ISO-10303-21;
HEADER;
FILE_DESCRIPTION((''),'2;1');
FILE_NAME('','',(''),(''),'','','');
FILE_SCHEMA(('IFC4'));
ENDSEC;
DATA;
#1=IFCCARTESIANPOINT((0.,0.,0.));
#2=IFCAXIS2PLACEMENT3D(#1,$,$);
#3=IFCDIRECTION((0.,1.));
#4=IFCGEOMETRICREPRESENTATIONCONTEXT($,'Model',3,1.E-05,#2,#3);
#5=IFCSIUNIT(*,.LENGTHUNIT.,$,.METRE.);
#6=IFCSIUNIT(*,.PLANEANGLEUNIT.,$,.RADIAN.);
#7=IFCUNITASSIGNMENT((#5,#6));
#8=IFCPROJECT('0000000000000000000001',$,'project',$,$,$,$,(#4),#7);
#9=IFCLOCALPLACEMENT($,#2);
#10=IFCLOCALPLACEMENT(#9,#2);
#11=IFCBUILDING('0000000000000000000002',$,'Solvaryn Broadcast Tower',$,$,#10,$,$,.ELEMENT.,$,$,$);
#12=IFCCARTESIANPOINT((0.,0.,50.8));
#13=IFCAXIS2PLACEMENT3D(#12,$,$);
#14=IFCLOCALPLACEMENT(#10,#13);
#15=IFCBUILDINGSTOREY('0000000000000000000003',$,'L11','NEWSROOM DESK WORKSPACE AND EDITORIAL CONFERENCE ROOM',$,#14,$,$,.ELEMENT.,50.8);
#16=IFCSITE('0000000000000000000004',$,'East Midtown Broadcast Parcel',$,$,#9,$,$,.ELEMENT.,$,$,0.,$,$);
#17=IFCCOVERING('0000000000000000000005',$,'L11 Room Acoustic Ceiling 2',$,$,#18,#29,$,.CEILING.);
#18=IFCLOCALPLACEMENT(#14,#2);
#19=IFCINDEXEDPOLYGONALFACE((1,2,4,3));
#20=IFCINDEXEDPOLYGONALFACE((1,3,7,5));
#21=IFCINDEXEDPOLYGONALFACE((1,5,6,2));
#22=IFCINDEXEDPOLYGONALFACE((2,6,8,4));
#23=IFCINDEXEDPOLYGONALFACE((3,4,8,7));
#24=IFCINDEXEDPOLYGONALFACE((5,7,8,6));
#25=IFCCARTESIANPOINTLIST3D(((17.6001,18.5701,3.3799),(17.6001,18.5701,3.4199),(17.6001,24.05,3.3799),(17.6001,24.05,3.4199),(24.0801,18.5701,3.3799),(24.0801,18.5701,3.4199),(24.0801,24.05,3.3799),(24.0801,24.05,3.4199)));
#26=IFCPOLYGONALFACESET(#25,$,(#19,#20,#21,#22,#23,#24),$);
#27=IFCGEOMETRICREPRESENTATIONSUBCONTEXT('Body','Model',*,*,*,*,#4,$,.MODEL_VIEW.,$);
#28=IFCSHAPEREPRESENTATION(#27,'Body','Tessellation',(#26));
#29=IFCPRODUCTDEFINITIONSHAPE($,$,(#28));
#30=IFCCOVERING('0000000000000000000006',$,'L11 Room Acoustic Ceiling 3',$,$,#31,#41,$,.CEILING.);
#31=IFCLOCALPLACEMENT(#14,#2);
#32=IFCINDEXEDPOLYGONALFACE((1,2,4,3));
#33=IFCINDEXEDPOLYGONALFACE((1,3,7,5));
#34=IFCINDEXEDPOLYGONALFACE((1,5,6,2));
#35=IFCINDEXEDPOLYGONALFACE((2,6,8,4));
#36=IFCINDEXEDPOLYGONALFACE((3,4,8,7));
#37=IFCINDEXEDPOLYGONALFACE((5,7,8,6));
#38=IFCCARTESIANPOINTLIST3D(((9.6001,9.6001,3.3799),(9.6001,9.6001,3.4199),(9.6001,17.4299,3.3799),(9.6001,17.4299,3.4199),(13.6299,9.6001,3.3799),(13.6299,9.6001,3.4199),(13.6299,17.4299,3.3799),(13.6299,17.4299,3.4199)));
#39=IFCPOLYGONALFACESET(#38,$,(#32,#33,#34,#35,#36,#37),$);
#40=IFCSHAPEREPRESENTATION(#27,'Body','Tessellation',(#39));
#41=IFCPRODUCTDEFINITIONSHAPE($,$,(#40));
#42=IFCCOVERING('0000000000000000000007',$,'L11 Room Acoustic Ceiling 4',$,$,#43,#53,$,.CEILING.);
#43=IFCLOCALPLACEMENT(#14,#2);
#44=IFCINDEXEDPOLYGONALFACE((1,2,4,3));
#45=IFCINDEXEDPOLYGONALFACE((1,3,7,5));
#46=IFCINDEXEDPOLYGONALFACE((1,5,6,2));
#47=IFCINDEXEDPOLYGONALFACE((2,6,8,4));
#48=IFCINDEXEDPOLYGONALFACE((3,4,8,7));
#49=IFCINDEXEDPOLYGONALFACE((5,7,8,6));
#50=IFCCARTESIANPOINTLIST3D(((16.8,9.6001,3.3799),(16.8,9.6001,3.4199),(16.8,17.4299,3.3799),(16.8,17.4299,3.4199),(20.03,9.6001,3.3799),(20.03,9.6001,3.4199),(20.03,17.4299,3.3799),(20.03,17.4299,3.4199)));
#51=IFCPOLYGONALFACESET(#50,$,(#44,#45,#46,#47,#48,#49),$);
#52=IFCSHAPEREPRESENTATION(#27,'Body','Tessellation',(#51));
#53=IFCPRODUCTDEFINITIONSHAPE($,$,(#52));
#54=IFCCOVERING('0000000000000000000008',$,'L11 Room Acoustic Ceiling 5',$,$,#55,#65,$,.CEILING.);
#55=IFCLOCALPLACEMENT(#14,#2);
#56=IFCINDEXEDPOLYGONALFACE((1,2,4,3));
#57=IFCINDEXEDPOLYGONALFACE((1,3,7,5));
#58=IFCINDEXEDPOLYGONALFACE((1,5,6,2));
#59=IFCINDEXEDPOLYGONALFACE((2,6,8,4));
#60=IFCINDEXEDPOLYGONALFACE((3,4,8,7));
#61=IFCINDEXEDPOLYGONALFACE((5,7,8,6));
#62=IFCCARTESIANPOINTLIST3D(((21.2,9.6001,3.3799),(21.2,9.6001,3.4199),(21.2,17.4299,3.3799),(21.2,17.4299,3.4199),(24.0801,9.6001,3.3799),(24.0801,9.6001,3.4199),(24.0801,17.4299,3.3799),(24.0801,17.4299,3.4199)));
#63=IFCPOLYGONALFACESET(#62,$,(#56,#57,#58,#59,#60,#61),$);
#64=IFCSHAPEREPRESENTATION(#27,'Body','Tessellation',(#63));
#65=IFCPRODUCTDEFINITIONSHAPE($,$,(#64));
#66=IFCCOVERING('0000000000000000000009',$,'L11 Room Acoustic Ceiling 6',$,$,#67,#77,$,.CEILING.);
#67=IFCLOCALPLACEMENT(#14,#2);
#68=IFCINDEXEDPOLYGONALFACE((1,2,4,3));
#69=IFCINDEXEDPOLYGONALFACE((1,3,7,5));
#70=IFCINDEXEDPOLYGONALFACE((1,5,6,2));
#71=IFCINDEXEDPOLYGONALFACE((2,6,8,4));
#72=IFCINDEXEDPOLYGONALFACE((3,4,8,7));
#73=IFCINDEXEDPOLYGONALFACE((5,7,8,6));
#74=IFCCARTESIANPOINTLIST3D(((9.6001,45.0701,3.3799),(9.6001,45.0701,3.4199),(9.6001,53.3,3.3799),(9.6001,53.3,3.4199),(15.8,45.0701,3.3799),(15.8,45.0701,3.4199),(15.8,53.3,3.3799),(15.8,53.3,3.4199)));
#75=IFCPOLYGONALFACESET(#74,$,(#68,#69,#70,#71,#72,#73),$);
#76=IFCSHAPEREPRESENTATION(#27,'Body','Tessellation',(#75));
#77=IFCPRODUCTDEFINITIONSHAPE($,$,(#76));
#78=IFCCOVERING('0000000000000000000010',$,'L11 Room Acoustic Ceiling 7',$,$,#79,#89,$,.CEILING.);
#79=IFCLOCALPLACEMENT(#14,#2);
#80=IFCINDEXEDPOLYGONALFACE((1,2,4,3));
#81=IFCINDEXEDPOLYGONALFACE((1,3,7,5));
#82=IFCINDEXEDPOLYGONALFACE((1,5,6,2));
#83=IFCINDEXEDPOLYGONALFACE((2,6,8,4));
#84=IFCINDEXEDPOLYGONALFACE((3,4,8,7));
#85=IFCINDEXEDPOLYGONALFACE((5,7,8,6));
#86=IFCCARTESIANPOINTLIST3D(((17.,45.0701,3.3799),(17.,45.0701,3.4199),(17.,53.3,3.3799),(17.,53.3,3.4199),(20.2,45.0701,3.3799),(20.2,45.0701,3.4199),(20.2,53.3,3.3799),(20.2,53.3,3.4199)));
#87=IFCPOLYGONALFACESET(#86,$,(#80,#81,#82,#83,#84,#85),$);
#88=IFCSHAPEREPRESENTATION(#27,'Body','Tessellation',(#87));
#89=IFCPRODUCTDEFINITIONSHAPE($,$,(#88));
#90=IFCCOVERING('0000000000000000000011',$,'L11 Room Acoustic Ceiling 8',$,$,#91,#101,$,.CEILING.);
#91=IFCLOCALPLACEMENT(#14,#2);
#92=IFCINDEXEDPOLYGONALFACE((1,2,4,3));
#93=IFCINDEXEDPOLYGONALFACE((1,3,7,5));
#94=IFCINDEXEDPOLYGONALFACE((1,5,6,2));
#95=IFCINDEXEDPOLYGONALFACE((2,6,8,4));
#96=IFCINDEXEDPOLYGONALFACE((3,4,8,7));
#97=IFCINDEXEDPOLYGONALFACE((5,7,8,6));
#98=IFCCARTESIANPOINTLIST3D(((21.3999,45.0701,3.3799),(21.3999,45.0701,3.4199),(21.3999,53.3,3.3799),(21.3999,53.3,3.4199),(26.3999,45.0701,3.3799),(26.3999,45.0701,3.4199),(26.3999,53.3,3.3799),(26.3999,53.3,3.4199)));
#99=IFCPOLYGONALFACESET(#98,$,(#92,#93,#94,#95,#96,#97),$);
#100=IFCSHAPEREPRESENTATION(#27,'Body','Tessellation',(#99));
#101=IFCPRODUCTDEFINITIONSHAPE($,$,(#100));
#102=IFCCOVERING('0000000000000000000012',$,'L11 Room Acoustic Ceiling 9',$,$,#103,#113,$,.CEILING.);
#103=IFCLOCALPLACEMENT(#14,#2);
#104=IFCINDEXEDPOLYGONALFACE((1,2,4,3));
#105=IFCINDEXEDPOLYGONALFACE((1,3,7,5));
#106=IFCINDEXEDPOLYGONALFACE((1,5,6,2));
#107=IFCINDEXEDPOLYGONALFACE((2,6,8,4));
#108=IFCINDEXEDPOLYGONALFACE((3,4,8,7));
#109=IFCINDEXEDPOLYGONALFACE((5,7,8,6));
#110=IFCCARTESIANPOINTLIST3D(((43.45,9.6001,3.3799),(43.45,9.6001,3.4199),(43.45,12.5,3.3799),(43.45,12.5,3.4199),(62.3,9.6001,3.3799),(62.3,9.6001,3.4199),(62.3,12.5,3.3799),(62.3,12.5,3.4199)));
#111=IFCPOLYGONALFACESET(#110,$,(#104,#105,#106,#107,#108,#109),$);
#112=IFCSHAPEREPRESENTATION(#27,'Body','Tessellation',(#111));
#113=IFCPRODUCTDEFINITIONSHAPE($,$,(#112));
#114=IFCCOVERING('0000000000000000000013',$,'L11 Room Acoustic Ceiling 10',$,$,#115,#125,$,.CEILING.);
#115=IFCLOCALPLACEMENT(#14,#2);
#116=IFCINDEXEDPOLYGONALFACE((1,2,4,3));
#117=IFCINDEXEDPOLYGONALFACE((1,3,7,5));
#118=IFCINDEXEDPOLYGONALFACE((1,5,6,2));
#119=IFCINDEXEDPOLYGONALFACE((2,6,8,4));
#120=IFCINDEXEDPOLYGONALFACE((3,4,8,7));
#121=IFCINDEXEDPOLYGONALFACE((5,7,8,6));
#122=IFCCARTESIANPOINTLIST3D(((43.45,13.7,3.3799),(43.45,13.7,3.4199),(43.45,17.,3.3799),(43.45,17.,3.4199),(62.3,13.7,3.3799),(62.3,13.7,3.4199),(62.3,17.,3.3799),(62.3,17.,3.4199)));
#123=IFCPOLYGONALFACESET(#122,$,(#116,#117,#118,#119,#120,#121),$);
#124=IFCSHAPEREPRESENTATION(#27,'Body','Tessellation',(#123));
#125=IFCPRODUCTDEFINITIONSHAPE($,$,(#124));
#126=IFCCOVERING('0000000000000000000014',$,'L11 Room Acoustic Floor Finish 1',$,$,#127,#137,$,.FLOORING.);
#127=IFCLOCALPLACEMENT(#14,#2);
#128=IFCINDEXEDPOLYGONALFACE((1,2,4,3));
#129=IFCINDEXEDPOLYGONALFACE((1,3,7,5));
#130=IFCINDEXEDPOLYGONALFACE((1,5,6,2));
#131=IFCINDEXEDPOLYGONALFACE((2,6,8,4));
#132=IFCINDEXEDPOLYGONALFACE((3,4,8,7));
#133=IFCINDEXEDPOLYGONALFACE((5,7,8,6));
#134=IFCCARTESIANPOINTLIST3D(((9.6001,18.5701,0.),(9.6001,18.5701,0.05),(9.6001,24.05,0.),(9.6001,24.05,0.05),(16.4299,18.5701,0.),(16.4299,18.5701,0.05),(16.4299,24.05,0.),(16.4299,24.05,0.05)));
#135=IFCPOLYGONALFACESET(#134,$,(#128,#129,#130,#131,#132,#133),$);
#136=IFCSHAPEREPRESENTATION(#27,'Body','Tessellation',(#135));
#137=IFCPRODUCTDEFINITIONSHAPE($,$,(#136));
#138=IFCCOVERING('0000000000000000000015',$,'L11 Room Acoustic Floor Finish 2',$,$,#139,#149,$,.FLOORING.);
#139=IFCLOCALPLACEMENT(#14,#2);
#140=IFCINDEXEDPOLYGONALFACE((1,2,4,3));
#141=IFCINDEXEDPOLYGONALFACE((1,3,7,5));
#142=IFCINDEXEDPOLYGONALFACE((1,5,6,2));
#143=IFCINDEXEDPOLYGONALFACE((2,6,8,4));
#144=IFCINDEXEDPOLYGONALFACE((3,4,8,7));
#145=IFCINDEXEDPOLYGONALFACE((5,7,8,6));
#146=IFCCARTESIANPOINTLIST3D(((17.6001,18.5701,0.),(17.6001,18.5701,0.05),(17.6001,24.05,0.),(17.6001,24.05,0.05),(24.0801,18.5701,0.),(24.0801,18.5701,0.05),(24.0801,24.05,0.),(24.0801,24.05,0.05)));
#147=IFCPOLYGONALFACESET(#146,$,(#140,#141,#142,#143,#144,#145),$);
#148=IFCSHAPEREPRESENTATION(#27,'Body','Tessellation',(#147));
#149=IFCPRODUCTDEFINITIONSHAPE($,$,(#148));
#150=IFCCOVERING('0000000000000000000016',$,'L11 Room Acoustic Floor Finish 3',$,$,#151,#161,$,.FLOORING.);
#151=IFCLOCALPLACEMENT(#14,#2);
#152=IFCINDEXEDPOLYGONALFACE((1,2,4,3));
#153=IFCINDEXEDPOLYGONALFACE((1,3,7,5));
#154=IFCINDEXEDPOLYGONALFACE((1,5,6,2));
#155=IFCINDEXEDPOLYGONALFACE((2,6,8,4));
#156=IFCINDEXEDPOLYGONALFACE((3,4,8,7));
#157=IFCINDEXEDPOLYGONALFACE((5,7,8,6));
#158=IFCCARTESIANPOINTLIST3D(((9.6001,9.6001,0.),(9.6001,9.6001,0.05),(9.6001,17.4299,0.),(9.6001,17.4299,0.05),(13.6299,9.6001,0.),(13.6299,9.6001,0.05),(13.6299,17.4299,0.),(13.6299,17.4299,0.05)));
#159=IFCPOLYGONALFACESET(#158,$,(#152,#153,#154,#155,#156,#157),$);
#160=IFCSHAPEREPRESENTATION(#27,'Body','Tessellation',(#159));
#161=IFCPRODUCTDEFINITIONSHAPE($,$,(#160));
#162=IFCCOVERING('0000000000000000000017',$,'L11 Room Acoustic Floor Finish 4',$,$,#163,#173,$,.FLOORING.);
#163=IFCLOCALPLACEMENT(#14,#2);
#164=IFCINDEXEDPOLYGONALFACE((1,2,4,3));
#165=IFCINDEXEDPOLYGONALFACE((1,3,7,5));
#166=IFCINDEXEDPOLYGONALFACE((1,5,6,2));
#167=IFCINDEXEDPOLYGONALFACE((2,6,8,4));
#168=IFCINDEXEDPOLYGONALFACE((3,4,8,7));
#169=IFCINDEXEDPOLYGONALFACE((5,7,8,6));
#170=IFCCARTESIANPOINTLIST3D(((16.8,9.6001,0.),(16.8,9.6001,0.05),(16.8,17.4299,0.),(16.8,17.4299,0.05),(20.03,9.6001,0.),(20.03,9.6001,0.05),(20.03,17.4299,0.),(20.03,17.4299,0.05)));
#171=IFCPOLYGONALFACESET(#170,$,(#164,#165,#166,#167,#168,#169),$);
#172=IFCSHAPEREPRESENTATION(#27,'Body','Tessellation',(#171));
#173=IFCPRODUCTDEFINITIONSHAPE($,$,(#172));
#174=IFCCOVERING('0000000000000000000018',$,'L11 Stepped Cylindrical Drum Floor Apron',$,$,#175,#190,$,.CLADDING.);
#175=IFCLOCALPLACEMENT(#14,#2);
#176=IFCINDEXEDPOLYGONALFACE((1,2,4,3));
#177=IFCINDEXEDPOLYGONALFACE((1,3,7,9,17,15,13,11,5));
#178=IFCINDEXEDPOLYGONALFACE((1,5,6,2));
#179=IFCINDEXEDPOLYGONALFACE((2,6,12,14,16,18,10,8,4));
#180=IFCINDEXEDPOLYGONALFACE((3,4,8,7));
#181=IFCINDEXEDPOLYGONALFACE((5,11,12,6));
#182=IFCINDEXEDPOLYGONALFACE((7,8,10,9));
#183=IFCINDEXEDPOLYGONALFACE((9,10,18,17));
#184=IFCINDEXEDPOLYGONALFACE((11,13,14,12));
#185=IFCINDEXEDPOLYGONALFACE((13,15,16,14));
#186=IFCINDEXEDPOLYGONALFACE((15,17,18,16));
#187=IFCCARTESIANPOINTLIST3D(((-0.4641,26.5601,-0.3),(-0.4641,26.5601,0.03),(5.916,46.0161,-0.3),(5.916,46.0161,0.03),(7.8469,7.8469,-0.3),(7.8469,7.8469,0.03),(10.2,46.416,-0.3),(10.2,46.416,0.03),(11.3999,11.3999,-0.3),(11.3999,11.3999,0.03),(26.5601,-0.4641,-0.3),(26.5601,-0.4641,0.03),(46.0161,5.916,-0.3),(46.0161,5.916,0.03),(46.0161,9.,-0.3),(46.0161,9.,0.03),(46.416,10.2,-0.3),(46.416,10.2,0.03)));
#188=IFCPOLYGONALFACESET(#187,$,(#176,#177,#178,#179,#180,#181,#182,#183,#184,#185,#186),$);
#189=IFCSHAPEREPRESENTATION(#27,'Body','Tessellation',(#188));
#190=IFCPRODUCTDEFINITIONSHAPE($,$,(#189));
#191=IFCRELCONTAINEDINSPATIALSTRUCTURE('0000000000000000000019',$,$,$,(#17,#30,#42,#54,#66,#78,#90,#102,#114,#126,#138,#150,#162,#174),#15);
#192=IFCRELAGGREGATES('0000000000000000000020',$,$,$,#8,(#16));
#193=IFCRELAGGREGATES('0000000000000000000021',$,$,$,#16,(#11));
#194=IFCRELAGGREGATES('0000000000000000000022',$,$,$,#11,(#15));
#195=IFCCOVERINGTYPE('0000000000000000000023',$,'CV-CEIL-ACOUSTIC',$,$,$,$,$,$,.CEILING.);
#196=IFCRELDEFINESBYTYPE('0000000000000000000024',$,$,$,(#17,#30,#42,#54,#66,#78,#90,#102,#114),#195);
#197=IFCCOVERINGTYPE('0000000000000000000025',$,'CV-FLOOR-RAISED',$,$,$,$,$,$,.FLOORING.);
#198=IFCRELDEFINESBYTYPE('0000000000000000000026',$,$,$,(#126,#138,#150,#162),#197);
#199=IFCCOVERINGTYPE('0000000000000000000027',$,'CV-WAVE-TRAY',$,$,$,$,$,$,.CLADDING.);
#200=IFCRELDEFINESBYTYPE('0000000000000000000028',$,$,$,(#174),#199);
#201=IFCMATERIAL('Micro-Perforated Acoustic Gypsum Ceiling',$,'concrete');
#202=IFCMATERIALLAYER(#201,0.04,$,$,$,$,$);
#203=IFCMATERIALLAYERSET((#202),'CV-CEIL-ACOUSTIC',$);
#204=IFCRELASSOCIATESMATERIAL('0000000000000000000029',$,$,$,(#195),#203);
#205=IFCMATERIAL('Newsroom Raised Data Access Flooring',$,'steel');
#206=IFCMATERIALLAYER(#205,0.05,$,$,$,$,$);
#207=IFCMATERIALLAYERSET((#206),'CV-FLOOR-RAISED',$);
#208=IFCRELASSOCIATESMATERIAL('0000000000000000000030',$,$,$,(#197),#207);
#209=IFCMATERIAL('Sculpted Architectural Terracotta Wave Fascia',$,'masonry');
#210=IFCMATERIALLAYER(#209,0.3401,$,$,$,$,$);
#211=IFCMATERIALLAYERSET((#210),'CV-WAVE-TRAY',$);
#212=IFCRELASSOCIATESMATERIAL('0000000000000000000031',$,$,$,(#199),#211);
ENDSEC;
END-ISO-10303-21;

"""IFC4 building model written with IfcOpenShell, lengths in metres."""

from ifc_helpers import new_model, si_unit, direction, frame, origin, place, context, subcontext, project, spatial, polyline, outline, extrude, material, layer, layer_set, type_object, element, save


model = new_model("IFC4")

# Units and contexts
model_context = context("Model", 3, precision=1e-05, world=origin(), true_north=direction((0.0, 1.0)))
body_context = subcontext(model_context, "Body", "Model", "MODEL_VIEW")
ifc_project = project(units=[si_unit("LENGTHUNIT", "METRE"), si_unit("PLANEANGLEUNIT", "RADIAN")], contexts=[model_context])

# Site, building, storey
site_placement = place(None, origin())
site = spatial("IfcSite", under=ifc_project, at=site_placement, Name="East Midtown Broadcast Parcel", CompositionType="ELEMENT", RefElevation=0.0)
building_placement = place(site_placement, origin())
building = spatial("IfcBuilding", under=site, at=building_placement, Name="Solvaryn Broadcast Tower", CompositionType="ELEMENT")
storey_placement = place(building_placement, frame((0.0, 0.0, 50.8)))
storey = spatial("IfcBuildingStorey", under=building, at=storey_placement, Name="L11", Description="NEWSROOM DESK WORKSPACE AND EDITORIAL CONFERENCE ROOM", CompositionType="ELEMENT", Elevation=50.8)

# Coverings
ifc_material_1 = material(Name="Micro-Perforated Acoustic Gypsum Ceiling", Category="concrete")
ifc_layer_1 = layer(ifc_material_1, 0.04)
ifc_layer_set_1 = layer_set([ifc_layer_1], Name="CV-CEIL-ACOUSTIC")
covering_type_1 = type_object("IfcCoveringType", Name="CV-CEIL-ACOUSTIC", PredefinedType="CEILING", material=ifc_layer_set_1)
covering_1_placement = place(storey_placement, frame((0.0, 0.0, 3.3799)))
element("IfcCovering", 1, at=covering_1_placement, inside=storey, type_object=covering_type_1, Name="L11 Room Acoustic Ceiling 2", PredefinedType="CEILING", context=body_context, shape_type="SweptSolid", body=[
    extrude(outline(polyline([(17.6001, 18.5701), (24.0801, 18.5701), (24.0801, 24.05), (17.6001, 24.05), (17.6001, 18.5701)])), origin(), (0.0, 0.0, 1.0), 0.04),
])
covering_2_placement = place(storey_placement, frame((0.0, 0.0, 3.3799)))
element("IfcCovering", 2, at=covering_2_placement, inside=storey, type_object=covering_type_1, Name="L11 Room Acoustic Ceiling 3", PredefinedType="CEILING", context=body_context, shape_type="SweptSolid", body=[
    extrude(outline(polyline([(9.6001, 9.6001), (13.6299, 9.6001), (13.6299, 17.4299), (9.6001, 17.4299), (9.6001, 9.6001)])), origin(), (0.0, 0.0, 1.0), 0.04),
])
covering_3_placement = place(storey_placement, frame((0.0, 0.0, 3.3799)))
element("IfcCovering", 3, at=covering_3_placement, inside=storey, type_object=covering_type_1, Name="L11 Room Acoustic Ceiling 4", PredefinedType="CEILING", context=body_context, shape_type="SweptSolid", body=[
    extrude(outline(polyline([(16.8, 9.6001), (20.03, 9.6001), (20.03, 17.4299), (16.8, 17.4299), (16.8, 9.6001)])), origin(), (0.0, 0.0, 1.0), 0.04),
])
covering_4_placement = place(storey_placement, frame((0.0, 0.0, 3.3799)))
element("IfcCovering", 4, at=covering_4_placement, inside=storey, type_object=covering_type_1, Name="L11 Room Acoustic Ceiling 5", PredefinedType="CEILING", context=body_context, shape_type="SweptSolid", body=[
    extrude(outline(polyline([(21.2, 9.6001), (24.0801, 9.6001), (24.0801, 17.4299), (21.2, 17.4299), (21.2, 9.6001)])), origin(), (0.0, 0.0, 1.0), 0.04),
])
covering_5_placement = place(storey_placement, frame((0.0, 0.0, 3.3799)))
element("IfcCovering", 5, at=covering_5_placement, inside=storey, type_object=covering_type_1, Name="L11 Room Acoustic Ceiling 6", PredefinedType="CEILING", context=body_context, shape_type="SweptSolid", body=[
    extrude(outline(polyline([(9.6001, 45.0701), (15.8, 45.0701), (15.8, 53.3), (9.6001, 53.3), (9.6001, 45.0701)])), origin(), (0.0, 0.0, 1.0), 0.04),
])
covering_6_placement = place(storey_placement, frame((0.0, 0.0, 3.3799)))
element("IfcCovering", 6, at=covering_6_placement, inside=storey, type_object=covering_type_1, Name="L11 Room Acoustic Ceiling 7", PredefinedType="CEILING", context=body_context, shape_type="SweptSolid", body=[
    extrude(outline(polyline([(17.0, 45.0701), (20.2, 45.0701), (20.2, 53.3), (17.0, 53.3), (17.0, 45.0701)])), origin(), (0.0, 0.0, 1.0), 0.04),
])
covering_7_placement = place(storey_placement, frame((0.0, 0.0, 3.3799)))
element("IfcCovering", 7, at=covering_7_placement, inside=storey, type_object=covering_type_1, Name="L11 Room Acoustic Ceiling 8", PredefinedType="CEILING", context=body_context, shape_type="SweptSolid", body=[
    extrude(outline(polyline([(21.3999, 45.0701), (26.3999, 45.0701), (26.3999, 53.3), (21.3999, 53.3), (21.3999, 45.0701)])), origin(), (0.0, 0.0, 1.0), 0.04),
])
covering_8_placement = place(storey_placement, frame((0.0, 0.0, 3.3799)))
element("IfcCovering", 8, at=covering_8_placement, inside=storey, type_object=covering_type_1, Name="L11 Room Acoustic Ceiling 9", PredefinedType="CEILING", context=body_context, shape_type="SweptSolid", body=[
    extrude(outline(polyline([(43.45, 9.6001), (62.3, 9.6001), (62.3, 12.5), (43.45, 12.5), (43.45, 9.6001)])), origin(), (0.0, 0.0, 1.0), 0.04),
])
covering_9_placement = place(storey_placement, frame((0.0, 0.0, 3.3799)))
element("IfcCovering", 9, at=covering_9_placement, inside=storey, type_object=covering_type_1, Name="L11 Room Acoustic Ceiling 10", PredefinedType="CEILING", context=body_context, shape_type="SweptSolid", body=[
    extrude(outline(polyline([(43.45, 13.7), (62.3, 13.7), (62.3, 17.0), (43.45, 17.0), (43.45, 13.7)])), origin(), (0.0, 0.0, 1.0), 0.04),
])
ifc_material_2 = material(Name="Newsroom Raised Data Access Flooring", Category="steel")
ifc_layer_2 = layer(ifc_material_2, 0.05)
ifc_layer_set_2 = layer_set([ifc_layer_2], Name="CV-FLOOR-RAISED")
covering_type_2 = type_object("IfcCoveringType", Name="CV-FLOOR-RAISED", PredefinedType="FLOORING", material=ifc_layer_set_2)
covering_10_placement = place(storey_placement, origin())
element("IfcCovering", 10, at=covering_10_placement, inside=storey, type_object=covering_type_2, Name="L11 Room Acoustic Floor Finish 1", PredefinedType="FLOORING", context=body_context, shape_type="SweptSolid", body=[
    extrude(outline(polyline([(9.6001, 18.5701), (16.4299, 18.5701), (16.4299, 24.05), (9.6001, 24.05), (9.6001, 18.5701)])), origin(), (0.0, 0.0, 1.0), 0.05),
])
covering_11_placement = place(storey_placement, origin())
element("IfcCovering", 11, at=covering_11_placement, inside=storey, type_object=covering_type_2, Name="L11 Room Acoustic Floor Finish 2", PredefinedType="FLOORING", context=body_context, shape_type="SweptSolid", body=[
    extrude(outline(polyline([(17.6001, 18.5701), (24.0801, 18.5701), (24.0801, 24.05), (17.6001, 24.05), (17.6001, 18.5701)])), origin(), (0.0, 0.0, 1.0), 0.05),
])
covering_12_placement = place(storey_placement, origin())
element("IfcCovering", 12, at=covering_12_placement, inside=storey, type_object=covering_type_2, Name="L11 Room Acoustic Floor Finish 3", PredefinedType="FLOORING", context=body_context, shape_type="SweptSolid", body=[
    extrude(outline(polyline([(9.6001, 9.6001), (13.6299, 9.6001), (13.6299, 17.4299), (9.6001, 17.4299), (9.6001, 9.6001)])), origin(), (0.0, 0.0, 1.0), 0.05),
])
covering_13_placement = place(storey_placement, origin())
element("IfcCovering", 13, at=covering_13_placement, inside=storey, type_object=covering_type_2, Name="L11 Room Acoustic Floor Finish 4", PredefinedType="FLOORING", context=body_context, shape_type="SweptSolid", body=[
    extrude(outline(polyline([(16.8, 9.6001), (20.03, 9.6001), (20.03, 17.4299), (16.8, 17.4299), (16.8, 9.6001)])), origin(), (0.0, 0.0, 1.0), 0.05),
])
ifc_material_3 = material(Name="Sculpted Architectural Terracotta Wave Fascia", Category="masonry")
ifc_layer_3 = layer(ifc_material_3, 0.3401)
ifc_layer_set_3 = layer_set([ifc_layer_3], Name="CV-WAVE-TRAY")
covering_type_3 = type_object("IfcCoveringType", Name="CV-WAVE-TRAY", PredefinedType="CLADDING", material=ifc_layer_set_3)
covering_14_placement = place(storey_placement, frame((0.0, 0.0, -0.3)))
element("IfcCovering", 14, at=covering_14_placement, inside=storey, type_object=covering_type_3, Name="L11 Stepped Cylindrical Drum Floor Apron", PredefinedType="CLADDING", context=body_context, shape_type="SweptSolid", body=[
    extrude(outline(polyline([(10.2, 46.416), (5.916, 46.0161), (-0.4641, 26.5601), (7.8469, 7.8469), (26.5601, -0.4641), (46.0161, 5.916), (46.0161, 9.0), (46.416, 10.2), (11.3999, 11.3999), (10.2, 46.416)])), origin(), (0.0, 0.0, 1.0), 0.3301),
])

save(model, "model.ifc")
